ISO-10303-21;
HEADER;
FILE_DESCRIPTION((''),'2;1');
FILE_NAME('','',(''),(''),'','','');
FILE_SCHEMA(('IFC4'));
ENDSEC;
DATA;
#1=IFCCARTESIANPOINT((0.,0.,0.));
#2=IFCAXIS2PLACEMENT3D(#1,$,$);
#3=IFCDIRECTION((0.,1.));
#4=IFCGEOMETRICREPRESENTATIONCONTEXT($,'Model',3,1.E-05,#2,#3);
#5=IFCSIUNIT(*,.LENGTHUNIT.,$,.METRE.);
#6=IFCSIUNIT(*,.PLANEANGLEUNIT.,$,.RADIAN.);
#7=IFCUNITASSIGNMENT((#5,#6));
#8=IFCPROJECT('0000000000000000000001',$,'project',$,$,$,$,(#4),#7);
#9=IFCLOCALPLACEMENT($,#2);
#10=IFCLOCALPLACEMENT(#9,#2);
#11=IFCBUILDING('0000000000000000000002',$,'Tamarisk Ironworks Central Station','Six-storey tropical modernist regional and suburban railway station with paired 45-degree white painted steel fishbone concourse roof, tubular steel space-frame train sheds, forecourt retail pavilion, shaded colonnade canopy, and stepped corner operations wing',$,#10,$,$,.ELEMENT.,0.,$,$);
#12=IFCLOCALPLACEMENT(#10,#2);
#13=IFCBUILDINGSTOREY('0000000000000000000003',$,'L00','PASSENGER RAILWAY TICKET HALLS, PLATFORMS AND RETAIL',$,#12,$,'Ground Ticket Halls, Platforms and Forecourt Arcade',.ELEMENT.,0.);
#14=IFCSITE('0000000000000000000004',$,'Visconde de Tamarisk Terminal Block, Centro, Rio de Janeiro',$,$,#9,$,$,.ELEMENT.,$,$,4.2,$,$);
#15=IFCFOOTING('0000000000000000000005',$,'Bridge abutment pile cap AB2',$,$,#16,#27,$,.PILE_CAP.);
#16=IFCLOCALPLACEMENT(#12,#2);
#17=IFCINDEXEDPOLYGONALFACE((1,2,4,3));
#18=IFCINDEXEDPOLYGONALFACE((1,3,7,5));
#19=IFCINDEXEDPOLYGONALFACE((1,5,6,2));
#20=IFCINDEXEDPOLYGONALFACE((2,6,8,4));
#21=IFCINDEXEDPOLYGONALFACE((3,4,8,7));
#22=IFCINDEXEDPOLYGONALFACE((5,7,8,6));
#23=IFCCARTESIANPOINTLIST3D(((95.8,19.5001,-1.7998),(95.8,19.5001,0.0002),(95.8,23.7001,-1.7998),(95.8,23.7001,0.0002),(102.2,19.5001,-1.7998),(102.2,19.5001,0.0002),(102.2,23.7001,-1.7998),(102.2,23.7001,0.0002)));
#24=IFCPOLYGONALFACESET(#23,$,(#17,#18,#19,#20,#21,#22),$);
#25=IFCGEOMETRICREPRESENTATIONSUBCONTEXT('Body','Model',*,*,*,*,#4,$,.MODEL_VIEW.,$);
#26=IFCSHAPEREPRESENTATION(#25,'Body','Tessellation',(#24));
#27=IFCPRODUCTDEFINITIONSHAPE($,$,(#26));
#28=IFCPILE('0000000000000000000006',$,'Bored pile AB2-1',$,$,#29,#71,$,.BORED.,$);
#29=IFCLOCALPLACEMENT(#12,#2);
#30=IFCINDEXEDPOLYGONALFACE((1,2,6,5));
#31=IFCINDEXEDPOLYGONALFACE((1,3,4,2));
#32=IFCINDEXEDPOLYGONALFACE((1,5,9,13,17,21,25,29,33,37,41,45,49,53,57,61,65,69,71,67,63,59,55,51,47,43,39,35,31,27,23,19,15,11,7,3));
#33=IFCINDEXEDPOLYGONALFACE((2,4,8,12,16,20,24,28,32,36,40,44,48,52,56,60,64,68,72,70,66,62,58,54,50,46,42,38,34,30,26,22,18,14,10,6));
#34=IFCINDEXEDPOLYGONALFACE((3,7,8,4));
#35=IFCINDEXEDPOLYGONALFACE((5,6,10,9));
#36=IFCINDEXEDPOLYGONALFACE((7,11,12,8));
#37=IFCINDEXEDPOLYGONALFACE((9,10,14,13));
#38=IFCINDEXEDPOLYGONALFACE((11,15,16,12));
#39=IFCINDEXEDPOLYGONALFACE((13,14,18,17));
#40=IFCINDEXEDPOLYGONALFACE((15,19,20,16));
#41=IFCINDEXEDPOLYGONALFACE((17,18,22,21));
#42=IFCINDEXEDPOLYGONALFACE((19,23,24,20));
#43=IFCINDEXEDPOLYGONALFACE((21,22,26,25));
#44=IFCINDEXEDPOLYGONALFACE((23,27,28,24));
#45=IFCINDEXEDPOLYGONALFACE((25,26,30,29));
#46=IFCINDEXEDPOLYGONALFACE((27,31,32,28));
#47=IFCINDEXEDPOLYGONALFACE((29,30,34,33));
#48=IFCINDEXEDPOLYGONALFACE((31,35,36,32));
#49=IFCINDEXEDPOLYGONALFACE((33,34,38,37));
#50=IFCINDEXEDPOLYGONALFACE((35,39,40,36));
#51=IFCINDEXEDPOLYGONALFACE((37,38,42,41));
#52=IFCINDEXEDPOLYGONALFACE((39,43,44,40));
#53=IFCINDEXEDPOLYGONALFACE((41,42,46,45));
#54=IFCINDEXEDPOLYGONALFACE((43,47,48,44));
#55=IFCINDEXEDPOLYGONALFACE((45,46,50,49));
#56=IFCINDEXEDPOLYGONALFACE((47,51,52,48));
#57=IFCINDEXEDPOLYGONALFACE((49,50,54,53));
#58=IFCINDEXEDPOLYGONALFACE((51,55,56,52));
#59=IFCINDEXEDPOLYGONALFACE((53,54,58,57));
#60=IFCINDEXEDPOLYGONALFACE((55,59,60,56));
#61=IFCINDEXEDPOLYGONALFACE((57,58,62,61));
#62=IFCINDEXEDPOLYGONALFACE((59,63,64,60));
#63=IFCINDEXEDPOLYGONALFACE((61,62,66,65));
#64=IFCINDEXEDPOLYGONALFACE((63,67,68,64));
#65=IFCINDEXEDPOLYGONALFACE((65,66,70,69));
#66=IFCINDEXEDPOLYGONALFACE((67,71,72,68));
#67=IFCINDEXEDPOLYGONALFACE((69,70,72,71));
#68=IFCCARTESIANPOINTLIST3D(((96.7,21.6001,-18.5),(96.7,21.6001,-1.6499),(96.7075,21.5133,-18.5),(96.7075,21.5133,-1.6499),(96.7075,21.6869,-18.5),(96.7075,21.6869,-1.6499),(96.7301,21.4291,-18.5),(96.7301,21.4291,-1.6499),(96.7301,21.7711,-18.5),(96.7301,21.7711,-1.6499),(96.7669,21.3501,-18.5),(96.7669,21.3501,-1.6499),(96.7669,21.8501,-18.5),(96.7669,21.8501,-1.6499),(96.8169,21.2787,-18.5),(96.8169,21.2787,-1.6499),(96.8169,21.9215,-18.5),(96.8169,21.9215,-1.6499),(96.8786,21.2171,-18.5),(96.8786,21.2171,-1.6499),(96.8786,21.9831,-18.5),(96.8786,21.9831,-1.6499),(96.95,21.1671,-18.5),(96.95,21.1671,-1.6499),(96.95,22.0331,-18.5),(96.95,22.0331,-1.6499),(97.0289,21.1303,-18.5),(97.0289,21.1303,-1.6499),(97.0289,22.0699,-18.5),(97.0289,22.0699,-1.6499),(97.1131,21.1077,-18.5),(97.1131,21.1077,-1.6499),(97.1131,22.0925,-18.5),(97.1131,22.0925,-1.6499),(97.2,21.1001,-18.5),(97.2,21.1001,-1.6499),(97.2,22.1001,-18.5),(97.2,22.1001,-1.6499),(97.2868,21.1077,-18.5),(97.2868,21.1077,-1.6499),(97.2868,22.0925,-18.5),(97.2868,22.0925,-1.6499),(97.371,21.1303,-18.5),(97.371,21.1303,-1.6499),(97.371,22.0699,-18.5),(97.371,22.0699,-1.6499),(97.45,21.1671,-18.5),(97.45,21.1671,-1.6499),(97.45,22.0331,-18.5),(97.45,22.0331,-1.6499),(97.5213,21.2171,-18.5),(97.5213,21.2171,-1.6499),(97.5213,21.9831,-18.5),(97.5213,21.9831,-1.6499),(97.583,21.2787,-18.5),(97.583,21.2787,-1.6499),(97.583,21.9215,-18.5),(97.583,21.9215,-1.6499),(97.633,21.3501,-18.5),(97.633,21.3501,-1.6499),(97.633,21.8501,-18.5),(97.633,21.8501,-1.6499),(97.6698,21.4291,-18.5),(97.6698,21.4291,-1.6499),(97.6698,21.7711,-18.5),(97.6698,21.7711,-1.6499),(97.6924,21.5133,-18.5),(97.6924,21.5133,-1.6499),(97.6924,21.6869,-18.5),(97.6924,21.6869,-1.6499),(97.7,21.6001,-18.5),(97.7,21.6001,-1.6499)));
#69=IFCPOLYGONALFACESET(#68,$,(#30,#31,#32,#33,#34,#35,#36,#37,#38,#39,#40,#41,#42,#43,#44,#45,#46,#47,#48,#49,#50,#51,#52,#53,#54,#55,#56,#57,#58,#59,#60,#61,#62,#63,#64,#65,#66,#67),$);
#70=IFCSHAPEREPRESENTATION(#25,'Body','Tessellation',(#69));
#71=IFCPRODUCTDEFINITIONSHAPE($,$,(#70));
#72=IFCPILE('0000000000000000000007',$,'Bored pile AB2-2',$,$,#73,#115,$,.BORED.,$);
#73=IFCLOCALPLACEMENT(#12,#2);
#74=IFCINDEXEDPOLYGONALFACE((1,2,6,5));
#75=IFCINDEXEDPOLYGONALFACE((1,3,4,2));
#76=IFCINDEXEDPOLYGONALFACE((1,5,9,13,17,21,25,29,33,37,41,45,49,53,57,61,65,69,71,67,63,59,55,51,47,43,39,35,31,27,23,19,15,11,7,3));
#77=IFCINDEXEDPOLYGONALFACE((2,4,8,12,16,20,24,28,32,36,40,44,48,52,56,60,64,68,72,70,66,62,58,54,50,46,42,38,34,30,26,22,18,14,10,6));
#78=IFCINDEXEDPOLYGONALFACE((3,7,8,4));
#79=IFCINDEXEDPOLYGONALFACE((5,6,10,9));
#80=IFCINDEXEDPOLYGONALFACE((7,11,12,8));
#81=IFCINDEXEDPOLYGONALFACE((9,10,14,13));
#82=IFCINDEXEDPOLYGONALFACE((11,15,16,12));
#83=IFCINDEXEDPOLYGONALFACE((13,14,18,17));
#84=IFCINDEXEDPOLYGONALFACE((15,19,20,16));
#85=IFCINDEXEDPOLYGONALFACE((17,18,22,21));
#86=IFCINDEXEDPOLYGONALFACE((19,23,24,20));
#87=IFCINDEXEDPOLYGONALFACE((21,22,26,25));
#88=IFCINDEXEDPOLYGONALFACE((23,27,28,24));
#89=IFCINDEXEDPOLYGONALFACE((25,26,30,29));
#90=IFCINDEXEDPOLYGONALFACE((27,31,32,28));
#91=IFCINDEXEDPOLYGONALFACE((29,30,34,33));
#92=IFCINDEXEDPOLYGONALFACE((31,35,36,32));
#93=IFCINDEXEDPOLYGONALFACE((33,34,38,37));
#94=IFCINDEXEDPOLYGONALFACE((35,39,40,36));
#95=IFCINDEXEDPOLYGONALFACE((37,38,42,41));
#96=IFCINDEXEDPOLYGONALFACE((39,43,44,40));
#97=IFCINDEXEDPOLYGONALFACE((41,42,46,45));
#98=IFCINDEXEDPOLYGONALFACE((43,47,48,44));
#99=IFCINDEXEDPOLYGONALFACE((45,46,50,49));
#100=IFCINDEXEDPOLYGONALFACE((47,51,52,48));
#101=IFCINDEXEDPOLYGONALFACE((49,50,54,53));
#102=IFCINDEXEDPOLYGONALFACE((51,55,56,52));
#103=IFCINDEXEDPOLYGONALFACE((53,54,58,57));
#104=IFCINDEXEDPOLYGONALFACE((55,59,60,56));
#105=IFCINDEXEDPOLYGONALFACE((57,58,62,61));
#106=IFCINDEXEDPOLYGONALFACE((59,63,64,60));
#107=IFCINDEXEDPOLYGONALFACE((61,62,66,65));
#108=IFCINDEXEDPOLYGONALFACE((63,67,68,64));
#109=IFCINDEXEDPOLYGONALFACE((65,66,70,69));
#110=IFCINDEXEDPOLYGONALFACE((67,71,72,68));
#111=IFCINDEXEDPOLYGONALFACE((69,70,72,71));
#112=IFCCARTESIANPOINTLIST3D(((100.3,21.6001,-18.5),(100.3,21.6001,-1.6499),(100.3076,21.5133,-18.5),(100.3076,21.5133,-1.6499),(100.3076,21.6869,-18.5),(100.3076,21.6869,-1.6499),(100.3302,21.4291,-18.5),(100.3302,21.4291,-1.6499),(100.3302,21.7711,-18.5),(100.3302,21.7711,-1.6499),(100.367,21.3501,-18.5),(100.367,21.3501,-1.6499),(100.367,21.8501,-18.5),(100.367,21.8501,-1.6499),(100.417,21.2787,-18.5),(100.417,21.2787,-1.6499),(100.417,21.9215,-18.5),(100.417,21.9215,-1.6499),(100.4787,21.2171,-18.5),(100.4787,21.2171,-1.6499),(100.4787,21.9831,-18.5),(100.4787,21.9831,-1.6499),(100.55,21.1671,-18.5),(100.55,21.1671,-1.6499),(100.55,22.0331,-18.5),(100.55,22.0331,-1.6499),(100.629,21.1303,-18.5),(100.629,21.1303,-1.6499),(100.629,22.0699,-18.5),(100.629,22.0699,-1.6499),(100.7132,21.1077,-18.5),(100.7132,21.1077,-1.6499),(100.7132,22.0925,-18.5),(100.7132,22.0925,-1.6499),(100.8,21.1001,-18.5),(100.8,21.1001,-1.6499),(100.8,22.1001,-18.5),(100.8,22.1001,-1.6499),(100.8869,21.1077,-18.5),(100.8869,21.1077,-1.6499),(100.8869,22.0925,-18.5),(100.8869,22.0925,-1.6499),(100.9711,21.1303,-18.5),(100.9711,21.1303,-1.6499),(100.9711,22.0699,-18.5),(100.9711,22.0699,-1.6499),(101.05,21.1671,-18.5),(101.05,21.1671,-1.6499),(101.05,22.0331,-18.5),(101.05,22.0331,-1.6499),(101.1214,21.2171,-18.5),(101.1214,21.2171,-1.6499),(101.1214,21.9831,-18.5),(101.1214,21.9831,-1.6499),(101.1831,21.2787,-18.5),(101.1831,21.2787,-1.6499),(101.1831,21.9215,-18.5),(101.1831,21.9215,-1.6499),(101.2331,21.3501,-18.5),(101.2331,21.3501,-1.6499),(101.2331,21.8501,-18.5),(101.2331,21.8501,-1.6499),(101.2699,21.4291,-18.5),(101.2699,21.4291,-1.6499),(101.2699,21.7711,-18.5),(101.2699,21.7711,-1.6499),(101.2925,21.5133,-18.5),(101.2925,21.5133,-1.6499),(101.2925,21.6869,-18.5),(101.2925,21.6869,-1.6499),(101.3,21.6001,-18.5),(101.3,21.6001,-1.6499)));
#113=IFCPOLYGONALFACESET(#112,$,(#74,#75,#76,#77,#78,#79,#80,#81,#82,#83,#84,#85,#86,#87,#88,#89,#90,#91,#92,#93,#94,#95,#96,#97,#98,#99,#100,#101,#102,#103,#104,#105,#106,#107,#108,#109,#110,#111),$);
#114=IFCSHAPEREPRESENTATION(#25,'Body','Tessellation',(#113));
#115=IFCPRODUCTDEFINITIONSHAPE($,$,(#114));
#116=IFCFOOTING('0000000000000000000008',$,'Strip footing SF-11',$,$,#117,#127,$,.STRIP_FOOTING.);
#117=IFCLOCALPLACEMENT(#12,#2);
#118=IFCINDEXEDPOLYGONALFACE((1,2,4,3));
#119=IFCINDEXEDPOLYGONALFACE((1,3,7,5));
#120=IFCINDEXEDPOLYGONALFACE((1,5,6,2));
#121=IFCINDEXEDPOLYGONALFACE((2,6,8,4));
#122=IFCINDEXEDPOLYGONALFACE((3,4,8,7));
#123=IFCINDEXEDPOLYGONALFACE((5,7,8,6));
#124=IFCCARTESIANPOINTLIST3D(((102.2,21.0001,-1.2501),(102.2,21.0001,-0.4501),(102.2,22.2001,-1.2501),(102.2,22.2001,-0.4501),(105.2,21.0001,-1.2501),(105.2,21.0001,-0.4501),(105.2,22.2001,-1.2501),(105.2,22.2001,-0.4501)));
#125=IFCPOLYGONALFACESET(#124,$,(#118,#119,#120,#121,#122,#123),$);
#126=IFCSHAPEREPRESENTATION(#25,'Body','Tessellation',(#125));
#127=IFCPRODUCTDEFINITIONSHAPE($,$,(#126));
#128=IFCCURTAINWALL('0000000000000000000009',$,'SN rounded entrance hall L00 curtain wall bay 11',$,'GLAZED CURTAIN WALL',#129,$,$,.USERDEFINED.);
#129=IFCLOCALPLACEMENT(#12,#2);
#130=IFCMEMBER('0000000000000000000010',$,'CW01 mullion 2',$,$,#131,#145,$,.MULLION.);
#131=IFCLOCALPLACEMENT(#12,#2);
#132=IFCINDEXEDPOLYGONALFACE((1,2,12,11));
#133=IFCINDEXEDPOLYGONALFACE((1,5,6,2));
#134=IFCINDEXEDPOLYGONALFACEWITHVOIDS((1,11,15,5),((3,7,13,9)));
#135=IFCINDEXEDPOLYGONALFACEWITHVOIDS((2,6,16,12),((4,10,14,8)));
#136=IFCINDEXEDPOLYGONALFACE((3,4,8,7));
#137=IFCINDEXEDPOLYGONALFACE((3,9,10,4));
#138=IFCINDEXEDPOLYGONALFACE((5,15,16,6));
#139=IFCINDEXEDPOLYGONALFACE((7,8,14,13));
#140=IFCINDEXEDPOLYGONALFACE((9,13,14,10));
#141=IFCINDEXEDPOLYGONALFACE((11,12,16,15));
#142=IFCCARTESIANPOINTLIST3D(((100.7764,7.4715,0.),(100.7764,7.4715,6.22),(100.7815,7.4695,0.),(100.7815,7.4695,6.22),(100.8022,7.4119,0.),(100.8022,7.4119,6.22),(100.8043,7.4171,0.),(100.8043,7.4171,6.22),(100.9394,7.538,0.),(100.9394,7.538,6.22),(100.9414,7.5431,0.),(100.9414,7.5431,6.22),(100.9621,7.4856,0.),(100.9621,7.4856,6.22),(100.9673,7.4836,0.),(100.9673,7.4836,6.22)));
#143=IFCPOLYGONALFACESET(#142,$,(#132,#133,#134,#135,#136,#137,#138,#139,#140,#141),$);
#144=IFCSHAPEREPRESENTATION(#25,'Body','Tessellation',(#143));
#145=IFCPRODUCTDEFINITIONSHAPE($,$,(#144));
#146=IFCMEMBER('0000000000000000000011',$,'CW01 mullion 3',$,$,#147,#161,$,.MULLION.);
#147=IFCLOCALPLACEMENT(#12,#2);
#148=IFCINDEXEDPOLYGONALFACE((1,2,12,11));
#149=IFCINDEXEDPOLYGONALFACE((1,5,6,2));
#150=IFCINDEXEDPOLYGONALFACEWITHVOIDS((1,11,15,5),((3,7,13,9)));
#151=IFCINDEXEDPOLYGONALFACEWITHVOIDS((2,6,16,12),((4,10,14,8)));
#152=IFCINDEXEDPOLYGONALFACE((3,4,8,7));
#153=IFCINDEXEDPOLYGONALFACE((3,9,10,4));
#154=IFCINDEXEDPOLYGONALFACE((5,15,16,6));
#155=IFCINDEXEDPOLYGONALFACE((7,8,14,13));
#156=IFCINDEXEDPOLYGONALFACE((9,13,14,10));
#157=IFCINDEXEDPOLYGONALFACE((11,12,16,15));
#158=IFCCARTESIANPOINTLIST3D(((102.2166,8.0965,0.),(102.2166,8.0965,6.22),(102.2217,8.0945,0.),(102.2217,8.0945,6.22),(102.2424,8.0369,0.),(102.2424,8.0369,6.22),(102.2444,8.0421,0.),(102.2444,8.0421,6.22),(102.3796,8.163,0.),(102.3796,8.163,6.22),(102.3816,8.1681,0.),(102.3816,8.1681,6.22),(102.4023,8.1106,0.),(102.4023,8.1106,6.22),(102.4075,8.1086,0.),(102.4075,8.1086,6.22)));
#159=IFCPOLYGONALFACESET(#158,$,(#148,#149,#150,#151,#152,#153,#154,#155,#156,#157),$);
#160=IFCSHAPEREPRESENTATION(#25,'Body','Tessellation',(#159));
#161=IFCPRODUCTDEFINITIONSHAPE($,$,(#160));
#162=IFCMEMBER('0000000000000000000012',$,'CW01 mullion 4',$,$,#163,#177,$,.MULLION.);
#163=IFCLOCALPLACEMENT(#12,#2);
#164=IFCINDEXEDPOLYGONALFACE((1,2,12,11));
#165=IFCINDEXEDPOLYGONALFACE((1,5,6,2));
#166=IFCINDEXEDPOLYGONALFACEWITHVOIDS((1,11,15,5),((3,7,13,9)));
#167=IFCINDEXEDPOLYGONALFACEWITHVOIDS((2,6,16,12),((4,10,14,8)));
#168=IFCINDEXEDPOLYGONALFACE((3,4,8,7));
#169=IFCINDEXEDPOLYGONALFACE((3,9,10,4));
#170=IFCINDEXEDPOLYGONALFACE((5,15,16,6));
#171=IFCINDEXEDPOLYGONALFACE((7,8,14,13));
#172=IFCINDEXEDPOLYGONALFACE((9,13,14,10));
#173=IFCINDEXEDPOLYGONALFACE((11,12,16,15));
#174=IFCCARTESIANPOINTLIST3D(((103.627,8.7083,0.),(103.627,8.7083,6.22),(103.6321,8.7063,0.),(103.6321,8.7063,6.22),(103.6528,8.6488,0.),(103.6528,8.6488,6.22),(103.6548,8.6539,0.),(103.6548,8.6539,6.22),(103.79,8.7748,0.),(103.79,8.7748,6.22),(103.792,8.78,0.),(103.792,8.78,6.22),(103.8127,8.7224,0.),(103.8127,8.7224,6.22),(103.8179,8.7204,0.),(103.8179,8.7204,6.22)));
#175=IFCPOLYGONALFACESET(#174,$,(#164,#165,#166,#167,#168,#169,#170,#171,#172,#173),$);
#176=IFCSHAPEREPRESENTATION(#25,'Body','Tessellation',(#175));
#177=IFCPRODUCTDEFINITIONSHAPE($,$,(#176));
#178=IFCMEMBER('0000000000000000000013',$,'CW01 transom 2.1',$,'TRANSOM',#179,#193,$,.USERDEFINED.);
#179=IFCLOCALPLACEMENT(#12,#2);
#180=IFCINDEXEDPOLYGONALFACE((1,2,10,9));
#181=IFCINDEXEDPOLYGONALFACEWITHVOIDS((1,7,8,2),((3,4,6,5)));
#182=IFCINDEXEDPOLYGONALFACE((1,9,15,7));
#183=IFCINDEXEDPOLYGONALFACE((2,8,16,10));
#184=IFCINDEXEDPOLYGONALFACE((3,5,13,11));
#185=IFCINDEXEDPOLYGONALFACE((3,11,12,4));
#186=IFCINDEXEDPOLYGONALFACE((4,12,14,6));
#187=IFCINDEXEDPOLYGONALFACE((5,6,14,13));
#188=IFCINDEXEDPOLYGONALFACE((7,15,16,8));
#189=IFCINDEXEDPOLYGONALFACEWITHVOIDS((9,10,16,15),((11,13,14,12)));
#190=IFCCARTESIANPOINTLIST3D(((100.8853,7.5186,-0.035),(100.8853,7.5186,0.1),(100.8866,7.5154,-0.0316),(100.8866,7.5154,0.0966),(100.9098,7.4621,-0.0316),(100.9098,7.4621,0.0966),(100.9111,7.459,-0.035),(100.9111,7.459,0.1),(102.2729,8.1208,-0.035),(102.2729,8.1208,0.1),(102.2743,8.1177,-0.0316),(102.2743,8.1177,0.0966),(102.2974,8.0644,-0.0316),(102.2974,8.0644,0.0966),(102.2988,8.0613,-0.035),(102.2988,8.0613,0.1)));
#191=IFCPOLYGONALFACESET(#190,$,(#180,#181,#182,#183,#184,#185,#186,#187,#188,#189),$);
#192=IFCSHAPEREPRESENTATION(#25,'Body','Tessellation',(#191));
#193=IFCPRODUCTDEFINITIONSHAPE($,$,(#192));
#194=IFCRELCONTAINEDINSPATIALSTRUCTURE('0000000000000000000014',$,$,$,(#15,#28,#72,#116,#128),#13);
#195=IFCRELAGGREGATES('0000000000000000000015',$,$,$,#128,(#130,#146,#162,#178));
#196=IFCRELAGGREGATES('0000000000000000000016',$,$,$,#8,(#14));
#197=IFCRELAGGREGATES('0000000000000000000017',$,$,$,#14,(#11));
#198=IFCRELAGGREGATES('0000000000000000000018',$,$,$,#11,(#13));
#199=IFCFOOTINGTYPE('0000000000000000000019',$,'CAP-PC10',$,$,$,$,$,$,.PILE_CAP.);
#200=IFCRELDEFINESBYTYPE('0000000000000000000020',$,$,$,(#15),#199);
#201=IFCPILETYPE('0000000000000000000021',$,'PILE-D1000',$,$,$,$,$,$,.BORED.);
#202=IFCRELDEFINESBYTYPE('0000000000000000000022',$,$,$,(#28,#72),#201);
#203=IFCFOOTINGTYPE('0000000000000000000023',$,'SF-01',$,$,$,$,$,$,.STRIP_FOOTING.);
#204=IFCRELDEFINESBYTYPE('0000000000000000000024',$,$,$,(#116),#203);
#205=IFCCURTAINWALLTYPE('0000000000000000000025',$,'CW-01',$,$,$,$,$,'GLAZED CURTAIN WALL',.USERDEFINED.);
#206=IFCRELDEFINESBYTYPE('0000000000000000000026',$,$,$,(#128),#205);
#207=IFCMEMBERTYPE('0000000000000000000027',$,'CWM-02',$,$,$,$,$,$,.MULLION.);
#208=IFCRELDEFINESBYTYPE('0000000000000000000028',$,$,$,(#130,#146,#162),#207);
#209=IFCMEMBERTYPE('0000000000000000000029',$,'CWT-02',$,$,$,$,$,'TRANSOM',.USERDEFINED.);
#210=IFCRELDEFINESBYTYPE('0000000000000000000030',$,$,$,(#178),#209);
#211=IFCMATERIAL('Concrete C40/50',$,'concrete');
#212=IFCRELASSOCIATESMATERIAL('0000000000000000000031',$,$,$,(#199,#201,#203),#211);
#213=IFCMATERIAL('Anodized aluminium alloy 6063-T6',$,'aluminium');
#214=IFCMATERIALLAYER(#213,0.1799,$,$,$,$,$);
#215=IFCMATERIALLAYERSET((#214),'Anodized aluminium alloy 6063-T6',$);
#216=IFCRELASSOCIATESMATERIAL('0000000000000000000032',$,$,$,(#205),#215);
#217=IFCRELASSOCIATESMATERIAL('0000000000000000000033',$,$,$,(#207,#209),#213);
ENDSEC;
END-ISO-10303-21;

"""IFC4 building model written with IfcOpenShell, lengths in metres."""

from ifc_helpers import new_model, si_unit, direction, frame, origin, origin_2d, place, context, subcontext, project, spatial, rectangle, hollow_rectangle, circle, extrude, material, layer, layer_set, material_profile, profile_set, type_object, element, aggregate, save


model = new_model("IFC4")

# Units and contexts
model_context = context("Model", 3, precision=1e-05, world=origin(), true_north=direction((0.0, 1.0)))
body_context = subcontext(model_context, "Body", "Model", "MODEL_VIEW")
ifc_project = project(units=[si_unit("LENGTHUNIT", "METRE"), si_unit("PLANEANGLEUNIT", "RADIAN")], contexts=[model_context])

# Site, building, storey
site_placement = place(None, origin())
site = spatial("IfcSite", under=ifc_project, at=site_placement, Name="Visconde de Tamarisk Terminal Block, Centro, Rio de Janeiro", CompositionType="ELEMENT", RefElevation=4.2)
building_placement = place(site_placement, origin())
building = spatial("IfcBuilding", under=site, at=building_placement, Name="Tamarisk Ironworks Central Station", Description="Six-storey tropical modernist regional and suburban railway station with paired 45-degree white painted steel fishbone concourse roof, tubular steel space-frame train sheds, forecourt retail pavilion, shaded colonnade canopy, and stepped corner operations wing", CompositionType="ELEMENT", ElevationOfRefHeight=0.0)
storey_placement = place(building_placement, origin())
storey = spatial("IfcBuildingStorey", under=building, at=storey_placement, Name="L00", Description="PASSENGER RAILWAY TICKET HALLS, PLATFORMS AND RETAIL", LongName="Ground Ticket Halls, Platforms and Forecourt Arcade", CompositionType="ELEMENT", Elevation=0.0)

# Footing
ifc_material_1 = material(Name="Concrete C40/50", Category="concrete")
footing_type_1 = type_object("IfcFootingType", Name="CAP-PC10", PredefinedType="PILE_CAP", material=ifc_material_1)
footing_1_placement = place(storey_placement, frame((99.0, 21.6001, -1.7998), z_axis=(0.0, 0.0, 1.0), x_axis=(1.0, 0.0, 0.0)))
element("IfcFooting", 1, at=footing_1_placement, inside=storey, type_object=footing_type_1, Name="Bridge abutment pile cap AB2", PredefinedType="PILE_CAP", context=body_context, shape_type="SweptSolid", body=[
    extrude(rectangle(XDim=6.3999, YDim=4.2, at=origin_2d()), origin(), (0.0, 0.0, 1.0), 1.8),
])

# Piles
ifc_material_profile_1 = material_profile(ifc_material_1, circle(Radius=0.5, at=origin_2d()), Name="BORED PILE D1000")
ifc_profile_set_1 = profile_set([ifc_material_profile_1], Name="Concrete C40/50")
pile_type = type_object("IfcPileType", Name="PILE-D1000", PredefinedType="BORED", material=ifc_profile_set_1)
for number, where, z_axis, x_axis, name in (
    (2, (97.2, 21.6001, -1.6499), (0.0, 0.0, -1.0), (1.0, 0.0, 0.0), "Bored pile AB2-1"),
    (3, (100.8, 21.6001, -1.6499), (0.0, 0.0, -1.0), (1.0, 0.0, 0.0), "Bored pile AB2-2"),
):
    element("IfcPile", number, at=place(storey_placement, frame(where, z_axis=z_axis, x_axis=x_axis)), inside=storey, type_object=pile_type, Name=name, PredefinedType="BORED", context=body_context, shape_type="SweptSolid", body=[
        extrude(circle(Radius=0.5, at=origin_2d()), origin(), (0.0, 0.0, 1.0), 16.8501),
    ])

# Footing
ifc_material_profile_2 = material_profile(ifc_material_1, rectangle(XDim=1.2, YDim=0.8, at=origin_2d()), Name="SF01 1200x800")
ifc_profile_set_2 = profile_set([ifc_material_profile_2], Name="Concrete C40/50")
footing_type_2 = type_object("IfcFootingType", Name="SF-01", PredefinedType="STRIP_FOOTING", material=ifc_profile_set_2)
footing_2_placement = place(storey_placement, frame((102.2, 21.6001, -0.8501), z_axis=(1.0, 0.0, 0.0), x_axis=(0.0, 1.0, 0.0)))
element("IfcFooting", 4, at=footing_2_placement, inside=storey, type_object=footing_type_2, Name="Strip footing SF-11", PredefinedType="STRIP_FOOTING", context=body_context, shape_type="SweptSolid", body=[
    extrude(rectangle(XDim=1.2, YDim=0.8, at=origin_2d()), origin(), (0.0, 0.0, 1.0), 3.0),
])

# Curtain wall, members
ifc_material_2 = material(Name="Anodized aluminium alloy 6063-T6", Category="aluminium")
ifc_layer_1 = layer(ifc_material_2, 0.1799)
ifc_layer_set_1 = layer_set([ifc_layer_1], Name="Anodized aluminium alloy 6063-T6")
curtain_wall_type = type_object("IfcCurtainWallType", Name="CW-01", ElementType="GLAZED CURTAIN WALL", PredefinedType="USERDEFINED", material=ifc_layer_set_1)
curtain_wall_placement = place(storey_placement, origin())
curtain_wall = element("IfcCurtainWall", 5, at=curtain_wall_placement, inside=storey, type_object=curtain_wall_type, Name="SN rounded entrance hall L00 curtain wall bay 11", ObjectType="GLAZED CURTAIN WALL", PredefinedType="USERDEFINED")
ifc_material_profile_3 = material_profile(ifc_material_2, hollow_rectangle(XDim=0.0649, YDim=0.1799, WallThickness=0.0039, at=origin_2d()), Name="ALUM 180x65")
ifc_profile_set_3 = profile_set([ifc_material_profile_3], Name="Anodized aluminium alloy 6063-T6")
member_type_1 = type_object("IfcMemberType", Name="CWM-02", PredefinedType="MULLION", material=ifc_profile_set_3)
member_1_placement = place(storey_placement, frame((100.8718, 7.4775, 0.0), z_axis=(0.0, 0.0, 1.0), x_axis=(-0.398077, 0.917352, 0.0)))
member_1 = element("IfcMember", 6, at=member_1_placement, type_object=member_type_1, Name="CW01 mullion 2", PredefinedType="MULLION", context=body_context, shape_type="SweptSolid", body=[
    extrude(hollow_rectangle(XDim=0.0649, YDim=0.1799, WallThickness=0.0039, at=origin_2d()), origin(), (0.0, 0.0, 1.0), 6.22),
])
member_2_placement = place(storey_placement, frame((102.312, 8.1025, 0.0), z_axis=(0.0, 0.0, 1.0), x_axis=(-0.398077, 0.917352, 0.0)))
member_2 = element("IfcMember", 7, at=member_2_placement, type_object=member_type_1, Name="CW01 mullion 3", PredefinedType="MULLION", context=body_context, shape_type="SweptSolid", body=[
    extrude(hollow_rectangle(XDim=0.0649, YDim=0.1799, WallThickness=0.0039, at=origin_2d()), origin(), (0.0, 0.0, 1.0), 6.22),
])
member_3_placement = place(storey_placement, frame((103.7224, 8.7144, 0.0), z_axis=(0.0, 0.0, 1.0), x_axis=(-0.398077, 0.917352, 0.0)))
member_3 = element("IfcMember", 8, at=member_3_placement, type_object=member_type_1, Name="CW01 mullion 4", PredefinedType="MULLION", context=body_context, shape_type="SweptSolid", body=[
    extrude(hollow_rectangle(XDim=0.0649, YDim=0.1799, WallThickness=0.0039, at=origin_2d()), origin(), (0.0, 0.0, 1.0), 6.22),
])
ifc_material_profile_4 = material_profile(ifc_material_2, hollow_rectangle(XDim=0.0649, YDim=0.135, WallThickness=0.0034, at=origin_2d()), Name="ALUM 135x65")
ifc_profile_set_4 = profile_set([ifc_material_profile_4], Name="Anodized aluminium alloy 6063-T6")
member_type_2 = type_object("IfcMemberType", Name="CWT-02", ElementType="TRANSOM", PredefinedType="USERDEFINED", material=ifc_profile_set_4)
member_4_placement = place(storey_placement, frame((100.8982, 7.4888, 0.0325), z_axis=(0.917324, 0.398142, 0.0), x_axis=(-0.398142, 0.917324, 0.0)))
member_4 = element("IfcMember", 9, at=member_4_placement, type_object=member_type_2, Name="CW01 transom 2.1", ObjectType="TRANSOM", PredefinedType="USERDEFINED", context=body_context, shape_type="SweptSolid", body=[
    extrude(hollow_rectangle(XDim=0.0649, YDim=0.135, WallThickness=0.0034, at=origin_2d()), origin(), (0.0, 0.0, 1.0), 1.5127),
])
aggregate(curtain_wall, [member_1, member_2, member_3, member_4])

save(model, "model.ifc")
